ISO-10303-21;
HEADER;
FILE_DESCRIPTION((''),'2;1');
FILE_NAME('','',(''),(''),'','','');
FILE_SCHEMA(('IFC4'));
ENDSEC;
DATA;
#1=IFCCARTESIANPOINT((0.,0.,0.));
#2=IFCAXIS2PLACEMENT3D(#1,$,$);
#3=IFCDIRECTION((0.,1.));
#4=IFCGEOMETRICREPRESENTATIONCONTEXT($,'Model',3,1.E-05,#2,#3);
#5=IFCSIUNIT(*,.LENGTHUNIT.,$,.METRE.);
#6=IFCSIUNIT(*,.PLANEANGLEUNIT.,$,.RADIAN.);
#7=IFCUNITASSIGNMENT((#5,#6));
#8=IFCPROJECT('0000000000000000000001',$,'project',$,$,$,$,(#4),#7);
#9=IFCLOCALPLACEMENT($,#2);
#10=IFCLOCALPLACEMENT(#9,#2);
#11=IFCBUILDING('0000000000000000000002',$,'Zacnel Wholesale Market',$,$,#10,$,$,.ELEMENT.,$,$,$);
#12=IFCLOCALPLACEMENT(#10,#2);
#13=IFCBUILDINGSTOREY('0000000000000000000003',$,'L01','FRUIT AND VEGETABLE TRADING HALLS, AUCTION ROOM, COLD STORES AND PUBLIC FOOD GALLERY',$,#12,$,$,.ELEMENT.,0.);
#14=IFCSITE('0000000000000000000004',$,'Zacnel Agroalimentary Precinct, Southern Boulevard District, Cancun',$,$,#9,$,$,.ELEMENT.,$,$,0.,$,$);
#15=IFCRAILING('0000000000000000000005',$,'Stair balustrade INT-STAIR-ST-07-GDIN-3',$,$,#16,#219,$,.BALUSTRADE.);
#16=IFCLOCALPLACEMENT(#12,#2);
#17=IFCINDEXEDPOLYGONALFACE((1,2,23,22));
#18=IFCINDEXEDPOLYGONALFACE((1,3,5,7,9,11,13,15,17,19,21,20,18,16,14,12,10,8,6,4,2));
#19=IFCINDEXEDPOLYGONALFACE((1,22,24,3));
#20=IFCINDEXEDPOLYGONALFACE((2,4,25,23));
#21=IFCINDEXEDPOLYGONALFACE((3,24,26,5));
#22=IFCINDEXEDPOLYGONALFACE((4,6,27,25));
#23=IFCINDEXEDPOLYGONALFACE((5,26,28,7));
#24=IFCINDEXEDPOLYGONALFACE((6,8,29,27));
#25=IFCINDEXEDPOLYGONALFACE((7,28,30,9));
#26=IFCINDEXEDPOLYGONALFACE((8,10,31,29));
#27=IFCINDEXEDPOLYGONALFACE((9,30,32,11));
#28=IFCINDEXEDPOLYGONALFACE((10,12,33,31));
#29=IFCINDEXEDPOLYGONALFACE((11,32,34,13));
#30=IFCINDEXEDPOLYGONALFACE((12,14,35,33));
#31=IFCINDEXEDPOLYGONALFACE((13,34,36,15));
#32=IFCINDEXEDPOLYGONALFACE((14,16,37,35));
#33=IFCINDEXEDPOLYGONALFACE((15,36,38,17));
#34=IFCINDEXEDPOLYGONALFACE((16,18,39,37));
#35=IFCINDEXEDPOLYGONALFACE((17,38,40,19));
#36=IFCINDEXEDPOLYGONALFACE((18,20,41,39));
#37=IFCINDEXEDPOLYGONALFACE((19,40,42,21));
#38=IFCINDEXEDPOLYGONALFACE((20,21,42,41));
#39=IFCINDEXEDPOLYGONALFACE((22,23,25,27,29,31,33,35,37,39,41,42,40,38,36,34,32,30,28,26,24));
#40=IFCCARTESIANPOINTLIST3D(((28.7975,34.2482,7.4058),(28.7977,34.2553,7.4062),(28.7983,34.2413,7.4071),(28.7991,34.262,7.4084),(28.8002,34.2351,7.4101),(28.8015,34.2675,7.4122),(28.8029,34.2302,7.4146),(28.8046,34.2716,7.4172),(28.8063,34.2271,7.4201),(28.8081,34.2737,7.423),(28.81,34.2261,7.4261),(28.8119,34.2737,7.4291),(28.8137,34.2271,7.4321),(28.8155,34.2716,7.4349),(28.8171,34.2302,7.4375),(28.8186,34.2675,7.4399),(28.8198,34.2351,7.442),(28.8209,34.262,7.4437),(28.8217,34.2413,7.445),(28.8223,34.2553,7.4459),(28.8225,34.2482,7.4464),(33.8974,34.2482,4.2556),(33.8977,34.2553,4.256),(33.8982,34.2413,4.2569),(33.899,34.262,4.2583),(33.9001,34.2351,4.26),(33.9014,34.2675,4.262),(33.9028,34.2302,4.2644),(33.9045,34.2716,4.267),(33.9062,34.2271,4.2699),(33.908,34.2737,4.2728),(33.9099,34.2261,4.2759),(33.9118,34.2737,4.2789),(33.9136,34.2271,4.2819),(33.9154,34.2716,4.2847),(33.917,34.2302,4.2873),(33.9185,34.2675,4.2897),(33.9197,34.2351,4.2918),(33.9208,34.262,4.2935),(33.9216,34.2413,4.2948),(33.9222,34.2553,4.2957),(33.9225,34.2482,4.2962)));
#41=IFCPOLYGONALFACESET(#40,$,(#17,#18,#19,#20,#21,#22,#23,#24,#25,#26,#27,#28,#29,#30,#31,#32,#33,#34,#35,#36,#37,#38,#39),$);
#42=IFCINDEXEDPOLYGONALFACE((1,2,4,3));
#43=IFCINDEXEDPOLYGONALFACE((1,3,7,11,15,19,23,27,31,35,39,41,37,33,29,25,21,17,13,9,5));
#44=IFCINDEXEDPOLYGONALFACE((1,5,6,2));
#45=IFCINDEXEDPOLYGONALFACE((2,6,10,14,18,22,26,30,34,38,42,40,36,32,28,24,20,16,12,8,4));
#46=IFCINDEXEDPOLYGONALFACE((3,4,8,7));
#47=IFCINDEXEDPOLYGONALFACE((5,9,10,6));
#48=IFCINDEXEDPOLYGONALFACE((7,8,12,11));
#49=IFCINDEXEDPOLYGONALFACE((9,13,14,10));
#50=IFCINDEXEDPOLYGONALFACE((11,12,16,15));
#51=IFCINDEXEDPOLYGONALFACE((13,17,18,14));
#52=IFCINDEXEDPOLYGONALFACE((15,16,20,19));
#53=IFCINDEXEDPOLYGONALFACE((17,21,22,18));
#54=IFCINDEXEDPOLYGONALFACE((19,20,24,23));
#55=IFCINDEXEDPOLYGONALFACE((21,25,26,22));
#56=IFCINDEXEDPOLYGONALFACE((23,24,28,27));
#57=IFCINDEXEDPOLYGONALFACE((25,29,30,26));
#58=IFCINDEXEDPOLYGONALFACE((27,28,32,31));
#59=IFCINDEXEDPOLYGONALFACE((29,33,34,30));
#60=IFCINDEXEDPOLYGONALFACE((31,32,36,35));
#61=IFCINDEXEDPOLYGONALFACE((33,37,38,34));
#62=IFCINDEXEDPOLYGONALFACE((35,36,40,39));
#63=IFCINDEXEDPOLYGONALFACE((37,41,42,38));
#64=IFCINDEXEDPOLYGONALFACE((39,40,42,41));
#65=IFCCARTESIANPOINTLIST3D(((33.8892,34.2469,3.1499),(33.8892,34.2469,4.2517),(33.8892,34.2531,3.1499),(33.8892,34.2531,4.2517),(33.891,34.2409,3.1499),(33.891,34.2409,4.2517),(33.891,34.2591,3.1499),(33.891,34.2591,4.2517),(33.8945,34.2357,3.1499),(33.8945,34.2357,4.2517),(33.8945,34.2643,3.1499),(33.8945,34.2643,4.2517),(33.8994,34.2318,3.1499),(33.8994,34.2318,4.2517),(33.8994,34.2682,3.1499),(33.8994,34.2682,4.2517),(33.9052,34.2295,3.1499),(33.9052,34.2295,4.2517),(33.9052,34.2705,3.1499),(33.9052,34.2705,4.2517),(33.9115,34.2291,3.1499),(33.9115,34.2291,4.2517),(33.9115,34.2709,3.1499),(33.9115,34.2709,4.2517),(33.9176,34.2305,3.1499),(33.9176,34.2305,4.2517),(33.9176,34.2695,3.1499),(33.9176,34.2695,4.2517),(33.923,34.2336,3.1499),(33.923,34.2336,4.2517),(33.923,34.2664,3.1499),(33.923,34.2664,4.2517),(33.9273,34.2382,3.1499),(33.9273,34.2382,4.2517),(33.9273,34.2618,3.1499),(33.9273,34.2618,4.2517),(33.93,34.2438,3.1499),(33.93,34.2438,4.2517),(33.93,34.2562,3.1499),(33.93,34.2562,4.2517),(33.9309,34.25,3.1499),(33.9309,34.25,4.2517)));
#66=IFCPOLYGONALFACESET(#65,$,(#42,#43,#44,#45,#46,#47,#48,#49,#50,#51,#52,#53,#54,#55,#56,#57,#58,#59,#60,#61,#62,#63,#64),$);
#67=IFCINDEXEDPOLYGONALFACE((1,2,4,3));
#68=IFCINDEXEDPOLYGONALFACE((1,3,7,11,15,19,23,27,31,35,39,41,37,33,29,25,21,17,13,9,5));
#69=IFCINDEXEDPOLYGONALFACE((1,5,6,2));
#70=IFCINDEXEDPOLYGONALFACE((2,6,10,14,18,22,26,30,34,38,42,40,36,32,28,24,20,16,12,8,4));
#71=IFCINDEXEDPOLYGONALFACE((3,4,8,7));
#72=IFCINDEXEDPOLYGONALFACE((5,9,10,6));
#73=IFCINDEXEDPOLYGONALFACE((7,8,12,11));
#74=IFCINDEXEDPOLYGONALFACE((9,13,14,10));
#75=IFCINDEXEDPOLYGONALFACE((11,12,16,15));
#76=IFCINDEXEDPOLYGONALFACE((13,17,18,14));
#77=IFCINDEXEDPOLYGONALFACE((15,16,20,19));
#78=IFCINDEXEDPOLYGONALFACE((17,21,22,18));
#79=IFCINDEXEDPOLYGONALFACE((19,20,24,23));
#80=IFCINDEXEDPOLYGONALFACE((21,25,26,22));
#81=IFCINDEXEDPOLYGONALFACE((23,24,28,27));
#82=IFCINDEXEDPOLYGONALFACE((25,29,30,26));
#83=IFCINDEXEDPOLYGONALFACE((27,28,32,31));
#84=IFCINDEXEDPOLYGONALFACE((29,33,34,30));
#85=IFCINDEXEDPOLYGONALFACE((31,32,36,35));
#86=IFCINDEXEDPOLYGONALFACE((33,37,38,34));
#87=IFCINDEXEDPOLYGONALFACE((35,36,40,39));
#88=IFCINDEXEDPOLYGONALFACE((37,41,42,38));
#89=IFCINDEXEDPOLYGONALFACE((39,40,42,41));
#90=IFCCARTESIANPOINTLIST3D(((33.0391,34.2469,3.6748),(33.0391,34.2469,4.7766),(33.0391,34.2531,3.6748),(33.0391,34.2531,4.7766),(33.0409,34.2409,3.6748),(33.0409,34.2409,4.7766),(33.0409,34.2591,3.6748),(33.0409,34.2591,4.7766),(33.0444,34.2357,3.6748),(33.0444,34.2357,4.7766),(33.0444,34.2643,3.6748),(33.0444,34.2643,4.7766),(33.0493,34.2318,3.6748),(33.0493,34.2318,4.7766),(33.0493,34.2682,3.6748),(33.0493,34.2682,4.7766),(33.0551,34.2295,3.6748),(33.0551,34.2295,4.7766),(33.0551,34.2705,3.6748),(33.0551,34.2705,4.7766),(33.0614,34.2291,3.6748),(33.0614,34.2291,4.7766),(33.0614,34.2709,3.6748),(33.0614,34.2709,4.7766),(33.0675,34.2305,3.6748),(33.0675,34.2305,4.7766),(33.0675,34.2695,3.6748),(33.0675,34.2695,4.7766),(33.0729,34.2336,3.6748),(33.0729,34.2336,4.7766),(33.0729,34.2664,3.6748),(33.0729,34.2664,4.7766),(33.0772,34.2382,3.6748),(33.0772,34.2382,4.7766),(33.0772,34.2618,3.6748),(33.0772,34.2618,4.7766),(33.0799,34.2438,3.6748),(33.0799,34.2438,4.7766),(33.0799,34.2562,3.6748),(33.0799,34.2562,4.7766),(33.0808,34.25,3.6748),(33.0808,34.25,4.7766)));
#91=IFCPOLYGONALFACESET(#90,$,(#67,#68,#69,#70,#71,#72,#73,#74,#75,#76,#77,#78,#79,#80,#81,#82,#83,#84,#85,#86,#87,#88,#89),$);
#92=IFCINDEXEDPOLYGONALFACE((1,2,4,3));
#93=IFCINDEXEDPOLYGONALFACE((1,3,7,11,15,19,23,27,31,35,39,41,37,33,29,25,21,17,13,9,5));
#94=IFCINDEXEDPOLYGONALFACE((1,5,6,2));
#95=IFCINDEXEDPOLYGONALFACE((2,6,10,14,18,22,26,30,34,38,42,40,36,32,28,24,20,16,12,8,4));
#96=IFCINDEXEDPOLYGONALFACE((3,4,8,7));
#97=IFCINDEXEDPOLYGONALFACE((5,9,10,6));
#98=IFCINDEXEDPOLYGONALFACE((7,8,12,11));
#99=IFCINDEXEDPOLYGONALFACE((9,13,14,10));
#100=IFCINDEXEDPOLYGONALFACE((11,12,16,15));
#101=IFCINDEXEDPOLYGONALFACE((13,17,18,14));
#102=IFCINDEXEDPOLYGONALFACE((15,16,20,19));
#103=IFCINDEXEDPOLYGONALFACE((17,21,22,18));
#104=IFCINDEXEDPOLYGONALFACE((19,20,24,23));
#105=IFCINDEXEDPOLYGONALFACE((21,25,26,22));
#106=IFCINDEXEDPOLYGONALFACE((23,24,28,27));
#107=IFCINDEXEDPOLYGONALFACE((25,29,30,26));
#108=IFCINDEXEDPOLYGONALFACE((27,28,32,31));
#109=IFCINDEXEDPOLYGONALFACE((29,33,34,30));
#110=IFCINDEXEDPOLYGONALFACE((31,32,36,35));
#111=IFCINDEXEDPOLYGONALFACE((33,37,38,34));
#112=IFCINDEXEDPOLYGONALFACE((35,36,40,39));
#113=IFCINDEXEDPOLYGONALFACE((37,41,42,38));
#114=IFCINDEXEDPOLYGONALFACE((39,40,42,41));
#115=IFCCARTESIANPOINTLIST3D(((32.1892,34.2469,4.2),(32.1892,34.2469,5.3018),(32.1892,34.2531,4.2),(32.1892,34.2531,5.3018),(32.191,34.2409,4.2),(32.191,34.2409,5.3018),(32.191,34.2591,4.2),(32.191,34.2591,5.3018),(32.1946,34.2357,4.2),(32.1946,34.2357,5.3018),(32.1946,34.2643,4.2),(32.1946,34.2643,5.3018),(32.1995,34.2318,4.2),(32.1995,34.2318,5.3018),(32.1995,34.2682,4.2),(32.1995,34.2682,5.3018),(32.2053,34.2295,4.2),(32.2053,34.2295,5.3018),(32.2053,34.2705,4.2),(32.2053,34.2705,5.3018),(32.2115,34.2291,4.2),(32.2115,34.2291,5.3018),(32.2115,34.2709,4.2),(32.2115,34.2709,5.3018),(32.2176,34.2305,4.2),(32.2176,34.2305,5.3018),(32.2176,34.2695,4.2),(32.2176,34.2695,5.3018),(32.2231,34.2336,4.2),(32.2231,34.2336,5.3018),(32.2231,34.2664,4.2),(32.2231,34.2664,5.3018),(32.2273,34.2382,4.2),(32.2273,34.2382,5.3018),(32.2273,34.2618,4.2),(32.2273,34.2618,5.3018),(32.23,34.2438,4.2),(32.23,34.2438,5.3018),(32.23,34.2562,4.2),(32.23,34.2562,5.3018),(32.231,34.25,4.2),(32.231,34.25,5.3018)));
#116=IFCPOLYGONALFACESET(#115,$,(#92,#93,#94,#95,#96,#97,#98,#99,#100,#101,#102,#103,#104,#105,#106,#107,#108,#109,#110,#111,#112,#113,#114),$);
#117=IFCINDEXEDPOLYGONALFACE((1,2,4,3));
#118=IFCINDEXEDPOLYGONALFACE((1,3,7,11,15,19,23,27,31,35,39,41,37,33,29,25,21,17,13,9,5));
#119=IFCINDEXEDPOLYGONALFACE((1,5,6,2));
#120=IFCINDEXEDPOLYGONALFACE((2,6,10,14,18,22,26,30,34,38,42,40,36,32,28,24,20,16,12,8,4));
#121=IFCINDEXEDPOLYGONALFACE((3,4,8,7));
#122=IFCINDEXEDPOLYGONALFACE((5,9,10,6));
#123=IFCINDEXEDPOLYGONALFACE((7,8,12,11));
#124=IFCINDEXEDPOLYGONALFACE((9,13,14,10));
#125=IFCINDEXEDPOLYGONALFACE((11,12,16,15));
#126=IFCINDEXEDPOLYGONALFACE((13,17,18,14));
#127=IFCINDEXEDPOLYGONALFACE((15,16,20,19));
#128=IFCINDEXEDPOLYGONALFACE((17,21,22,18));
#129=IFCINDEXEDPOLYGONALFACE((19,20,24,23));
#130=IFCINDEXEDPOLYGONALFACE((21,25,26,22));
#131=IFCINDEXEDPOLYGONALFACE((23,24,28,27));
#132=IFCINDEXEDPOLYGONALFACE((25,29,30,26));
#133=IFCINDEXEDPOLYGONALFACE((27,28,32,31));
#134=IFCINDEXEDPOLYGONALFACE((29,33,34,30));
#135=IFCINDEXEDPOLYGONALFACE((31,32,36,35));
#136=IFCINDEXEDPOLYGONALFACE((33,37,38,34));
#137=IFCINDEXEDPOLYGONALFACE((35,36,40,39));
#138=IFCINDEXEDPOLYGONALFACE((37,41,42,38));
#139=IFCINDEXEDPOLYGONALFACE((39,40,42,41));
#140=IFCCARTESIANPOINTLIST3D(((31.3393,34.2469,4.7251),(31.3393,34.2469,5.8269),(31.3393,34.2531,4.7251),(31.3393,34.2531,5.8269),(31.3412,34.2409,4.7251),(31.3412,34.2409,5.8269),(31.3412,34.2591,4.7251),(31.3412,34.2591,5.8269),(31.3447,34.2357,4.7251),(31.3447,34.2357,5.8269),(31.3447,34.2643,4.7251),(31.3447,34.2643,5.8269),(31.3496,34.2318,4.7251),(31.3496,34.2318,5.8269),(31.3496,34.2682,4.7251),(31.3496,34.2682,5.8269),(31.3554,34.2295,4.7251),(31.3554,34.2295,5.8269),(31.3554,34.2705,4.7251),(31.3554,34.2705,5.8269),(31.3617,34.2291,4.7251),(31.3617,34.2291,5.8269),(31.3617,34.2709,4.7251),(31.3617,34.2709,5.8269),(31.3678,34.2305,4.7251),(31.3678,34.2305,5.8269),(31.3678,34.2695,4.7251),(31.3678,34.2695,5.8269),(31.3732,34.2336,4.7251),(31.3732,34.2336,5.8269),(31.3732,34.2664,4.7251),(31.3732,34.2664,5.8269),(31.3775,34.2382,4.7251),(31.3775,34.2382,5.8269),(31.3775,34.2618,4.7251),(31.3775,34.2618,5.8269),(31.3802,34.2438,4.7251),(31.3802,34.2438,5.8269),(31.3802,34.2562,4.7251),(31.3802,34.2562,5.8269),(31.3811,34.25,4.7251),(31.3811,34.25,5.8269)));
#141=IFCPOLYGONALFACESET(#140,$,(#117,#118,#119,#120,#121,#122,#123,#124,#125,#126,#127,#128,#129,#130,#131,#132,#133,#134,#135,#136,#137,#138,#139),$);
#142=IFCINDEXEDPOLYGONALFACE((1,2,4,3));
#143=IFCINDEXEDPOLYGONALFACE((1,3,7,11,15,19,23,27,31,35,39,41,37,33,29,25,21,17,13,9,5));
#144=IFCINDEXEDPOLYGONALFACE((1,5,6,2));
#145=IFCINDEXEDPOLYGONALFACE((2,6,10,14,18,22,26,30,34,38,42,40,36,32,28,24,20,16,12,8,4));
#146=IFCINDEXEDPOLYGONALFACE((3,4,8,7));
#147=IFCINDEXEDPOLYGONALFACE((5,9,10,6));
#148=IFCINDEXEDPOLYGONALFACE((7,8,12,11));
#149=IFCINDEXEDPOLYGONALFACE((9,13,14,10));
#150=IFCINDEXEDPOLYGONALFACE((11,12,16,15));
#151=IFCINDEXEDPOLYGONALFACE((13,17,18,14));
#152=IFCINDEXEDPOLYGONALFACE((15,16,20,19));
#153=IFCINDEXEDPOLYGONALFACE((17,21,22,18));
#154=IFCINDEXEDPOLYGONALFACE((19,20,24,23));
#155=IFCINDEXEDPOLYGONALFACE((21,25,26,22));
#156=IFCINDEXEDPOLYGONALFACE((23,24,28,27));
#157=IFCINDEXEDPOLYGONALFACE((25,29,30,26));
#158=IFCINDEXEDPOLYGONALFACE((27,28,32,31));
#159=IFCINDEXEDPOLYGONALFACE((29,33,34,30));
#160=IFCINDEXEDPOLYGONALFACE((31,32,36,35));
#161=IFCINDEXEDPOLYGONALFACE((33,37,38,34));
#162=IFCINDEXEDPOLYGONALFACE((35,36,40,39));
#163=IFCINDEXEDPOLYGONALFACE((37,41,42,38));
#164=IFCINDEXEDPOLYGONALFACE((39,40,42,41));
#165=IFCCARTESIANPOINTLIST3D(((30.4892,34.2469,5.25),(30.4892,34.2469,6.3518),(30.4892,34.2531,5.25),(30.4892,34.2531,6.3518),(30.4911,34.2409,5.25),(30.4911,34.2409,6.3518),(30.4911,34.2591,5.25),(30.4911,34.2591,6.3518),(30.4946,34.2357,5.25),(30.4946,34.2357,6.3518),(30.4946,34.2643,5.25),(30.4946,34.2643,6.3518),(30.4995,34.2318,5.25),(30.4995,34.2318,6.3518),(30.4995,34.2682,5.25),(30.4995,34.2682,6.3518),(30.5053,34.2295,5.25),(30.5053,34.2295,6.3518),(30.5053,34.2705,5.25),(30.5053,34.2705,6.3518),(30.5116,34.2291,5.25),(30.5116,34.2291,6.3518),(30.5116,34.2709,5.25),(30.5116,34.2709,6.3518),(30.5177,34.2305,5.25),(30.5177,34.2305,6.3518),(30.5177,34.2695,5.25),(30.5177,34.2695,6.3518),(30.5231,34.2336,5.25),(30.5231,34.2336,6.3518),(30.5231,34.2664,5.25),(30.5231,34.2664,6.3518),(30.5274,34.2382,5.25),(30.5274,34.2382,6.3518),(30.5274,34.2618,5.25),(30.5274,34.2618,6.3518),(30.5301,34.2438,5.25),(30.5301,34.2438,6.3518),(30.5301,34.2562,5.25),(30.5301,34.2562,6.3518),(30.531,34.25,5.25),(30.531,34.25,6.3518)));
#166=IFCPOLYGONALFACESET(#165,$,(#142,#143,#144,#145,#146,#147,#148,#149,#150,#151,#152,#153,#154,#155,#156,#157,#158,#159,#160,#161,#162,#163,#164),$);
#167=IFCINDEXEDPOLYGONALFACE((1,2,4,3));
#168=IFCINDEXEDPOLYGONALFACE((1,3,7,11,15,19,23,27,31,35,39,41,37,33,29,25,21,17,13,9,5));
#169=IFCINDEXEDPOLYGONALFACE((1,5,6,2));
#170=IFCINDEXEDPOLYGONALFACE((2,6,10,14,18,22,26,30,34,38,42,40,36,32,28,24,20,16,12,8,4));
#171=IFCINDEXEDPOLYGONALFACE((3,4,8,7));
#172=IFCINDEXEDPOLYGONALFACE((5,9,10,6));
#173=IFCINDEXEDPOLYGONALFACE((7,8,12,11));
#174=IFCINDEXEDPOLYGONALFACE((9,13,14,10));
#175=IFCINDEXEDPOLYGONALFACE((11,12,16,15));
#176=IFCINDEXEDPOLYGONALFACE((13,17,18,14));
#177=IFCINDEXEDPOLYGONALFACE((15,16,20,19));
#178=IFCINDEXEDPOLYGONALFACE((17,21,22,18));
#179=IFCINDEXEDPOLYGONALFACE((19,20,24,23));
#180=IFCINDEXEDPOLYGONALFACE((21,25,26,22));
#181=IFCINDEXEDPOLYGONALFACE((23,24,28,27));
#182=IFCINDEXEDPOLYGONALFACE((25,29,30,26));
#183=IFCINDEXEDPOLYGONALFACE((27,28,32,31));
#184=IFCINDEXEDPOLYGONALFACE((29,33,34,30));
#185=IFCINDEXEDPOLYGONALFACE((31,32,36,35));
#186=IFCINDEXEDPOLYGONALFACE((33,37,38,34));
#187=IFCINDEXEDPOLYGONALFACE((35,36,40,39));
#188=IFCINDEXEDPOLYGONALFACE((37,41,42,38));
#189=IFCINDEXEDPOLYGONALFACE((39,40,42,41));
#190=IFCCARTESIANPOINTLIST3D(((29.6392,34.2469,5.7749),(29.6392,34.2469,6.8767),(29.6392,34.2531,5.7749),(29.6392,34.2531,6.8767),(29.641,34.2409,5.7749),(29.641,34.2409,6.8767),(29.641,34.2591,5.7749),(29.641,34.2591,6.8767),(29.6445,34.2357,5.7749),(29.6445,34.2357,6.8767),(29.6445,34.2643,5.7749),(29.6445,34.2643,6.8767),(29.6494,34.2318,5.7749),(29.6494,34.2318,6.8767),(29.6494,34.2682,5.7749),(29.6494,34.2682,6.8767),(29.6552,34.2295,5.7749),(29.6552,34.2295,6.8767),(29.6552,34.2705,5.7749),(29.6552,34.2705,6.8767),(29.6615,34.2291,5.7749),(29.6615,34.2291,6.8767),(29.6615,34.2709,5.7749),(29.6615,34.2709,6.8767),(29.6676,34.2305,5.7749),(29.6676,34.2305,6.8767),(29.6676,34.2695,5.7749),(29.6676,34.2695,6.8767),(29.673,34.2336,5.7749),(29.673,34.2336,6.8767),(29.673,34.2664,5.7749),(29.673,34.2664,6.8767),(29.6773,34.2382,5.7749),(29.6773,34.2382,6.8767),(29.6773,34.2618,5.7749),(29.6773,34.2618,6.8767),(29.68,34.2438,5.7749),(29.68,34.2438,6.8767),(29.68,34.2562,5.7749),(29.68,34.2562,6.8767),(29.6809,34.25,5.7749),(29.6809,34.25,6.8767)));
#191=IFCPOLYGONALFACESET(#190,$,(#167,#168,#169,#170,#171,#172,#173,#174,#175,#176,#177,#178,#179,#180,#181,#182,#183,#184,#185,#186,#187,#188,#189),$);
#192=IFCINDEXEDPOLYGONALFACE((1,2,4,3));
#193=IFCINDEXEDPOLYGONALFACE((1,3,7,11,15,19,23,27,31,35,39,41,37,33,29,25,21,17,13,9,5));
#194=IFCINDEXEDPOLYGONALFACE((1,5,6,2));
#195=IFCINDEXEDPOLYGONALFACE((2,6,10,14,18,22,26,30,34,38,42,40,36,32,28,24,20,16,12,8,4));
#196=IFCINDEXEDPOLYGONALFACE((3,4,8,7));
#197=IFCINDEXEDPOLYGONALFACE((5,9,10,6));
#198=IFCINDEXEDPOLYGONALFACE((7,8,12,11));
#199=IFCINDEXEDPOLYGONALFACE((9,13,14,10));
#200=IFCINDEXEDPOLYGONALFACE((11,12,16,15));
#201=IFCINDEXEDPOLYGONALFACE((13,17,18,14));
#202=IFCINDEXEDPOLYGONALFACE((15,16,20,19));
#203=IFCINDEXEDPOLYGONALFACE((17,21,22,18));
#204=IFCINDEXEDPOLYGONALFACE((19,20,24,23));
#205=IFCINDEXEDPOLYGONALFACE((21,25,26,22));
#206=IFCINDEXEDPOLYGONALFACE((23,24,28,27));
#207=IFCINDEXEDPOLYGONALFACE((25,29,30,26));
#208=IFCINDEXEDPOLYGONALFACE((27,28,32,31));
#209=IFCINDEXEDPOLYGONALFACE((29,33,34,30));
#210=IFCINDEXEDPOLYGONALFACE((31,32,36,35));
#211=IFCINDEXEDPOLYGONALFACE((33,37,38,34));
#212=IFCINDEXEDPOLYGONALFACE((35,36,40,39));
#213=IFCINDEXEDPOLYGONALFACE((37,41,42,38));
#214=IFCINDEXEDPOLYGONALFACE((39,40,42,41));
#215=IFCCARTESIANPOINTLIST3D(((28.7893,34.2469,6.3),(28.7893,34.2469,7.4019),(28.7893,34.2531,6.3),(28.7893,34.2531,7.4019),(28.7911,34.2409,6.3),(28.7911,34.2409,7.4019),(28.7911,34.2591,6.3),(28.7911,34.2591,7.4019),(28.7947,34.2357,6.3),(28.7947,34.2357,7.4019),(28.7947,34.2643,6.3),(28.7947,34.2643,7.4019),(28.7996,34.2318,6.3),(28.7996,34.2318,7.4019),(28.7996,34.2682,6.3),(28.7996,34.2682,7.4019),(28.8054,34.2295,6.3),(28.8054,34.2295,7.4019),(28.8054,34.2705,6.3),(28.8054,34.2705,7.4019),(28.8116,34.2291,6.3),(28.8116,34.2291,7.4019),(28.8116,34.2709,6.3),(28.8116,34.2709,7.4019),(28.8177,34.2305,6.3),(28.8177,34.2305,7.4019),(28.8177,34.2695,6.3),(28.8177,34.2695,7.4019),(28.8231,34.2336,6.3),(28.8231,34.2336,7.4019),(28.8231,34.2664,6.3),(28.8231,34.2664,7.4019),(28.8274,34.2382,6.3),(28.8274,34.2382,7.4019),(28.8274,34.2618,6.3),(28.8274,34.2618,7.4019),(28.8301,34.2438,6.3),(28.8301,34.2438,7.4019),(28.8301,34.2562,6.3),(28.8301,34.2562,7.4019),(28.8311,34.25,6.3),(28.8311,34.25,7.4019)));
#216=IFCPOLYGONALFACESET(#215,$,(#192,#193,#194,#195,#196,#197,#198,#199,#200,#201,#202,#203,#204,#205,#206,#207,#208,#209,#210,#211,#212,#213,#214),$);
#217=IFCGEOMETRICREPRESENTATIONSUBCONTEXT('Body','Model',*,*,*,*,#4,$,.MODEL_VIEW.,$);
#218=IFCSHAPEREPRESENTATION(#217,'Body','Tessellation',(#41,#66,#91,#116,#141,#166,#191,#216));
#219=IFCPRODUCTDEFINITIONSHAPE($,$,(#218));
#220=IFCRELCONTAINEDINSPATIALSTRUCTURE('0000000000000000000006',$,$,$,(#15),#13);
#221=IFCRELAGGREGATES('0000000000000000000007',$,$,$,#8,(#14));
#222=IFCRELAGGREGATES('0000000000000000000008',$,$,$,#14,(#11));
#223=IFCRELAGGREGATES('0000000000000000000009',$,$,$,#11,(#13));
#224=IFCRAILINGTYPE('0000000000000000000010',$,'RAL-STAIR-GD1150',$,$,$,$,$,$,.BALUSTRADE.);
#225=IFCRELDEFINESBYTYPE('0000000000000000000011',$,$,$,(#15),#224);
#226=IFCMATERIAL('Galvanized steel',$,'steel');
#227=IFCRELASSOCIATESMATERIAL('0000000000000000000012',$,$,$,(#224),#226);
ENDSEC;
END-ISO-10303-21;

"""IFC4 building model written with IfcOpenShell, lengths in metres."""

from ifc_helpers import new_model, si_unit, direction, frame, origin, origin_2d, place, context, subcontext, project, spatial, circle, extrude, material, type_object, element, save


model = new_model("IFC4")

# Units and contexts
model_context = context("Model", 3, precision=1e-05, world=origin(), true_north=direction((0.0, 1.0)))
body_context = subcontext(model_context, "Body", "Model", "MODEL_VIEW")
ifc_project = project(units=[si_unit("LENGTHUNIT", "METRE"), si_unit("PLANEANGLEUNIT", "RADIAN")], contexts=[model_context])

# Site, building, storey
site_placement = place(None, origin())
site = spatial("IfcSite", under=ifc_project, at=site_placement, Name="Zacnel Agroalimentary Precinct, Southern Boulevard District, Cancun", CompositionType="ELEMENT", RefElevation=0.0)
building_placement = place(site_placement, origin())
building = spatial("IfcBuilding", under=site, at=building_placement, Name="Zacnel Wholesale Market", CompositionType="ELEMENT")
storey_placement = place(building_placement, origin())
storey = spatial("IfcBuildingStorey", under=building, at=storey_placement, Name="L01", Description="FRUIT AND VEGETABLE TRADING HALLS, AUCTION ROOM, COLD STORES AND PUBLIC FOOD GALLERY", CompositionType="ELEMENT", Elevation=0.0)

# Railing
ifc_material_1 = material(Name="Galvanized steel", Category="steel")
railing_type_1 = type_object("IfcRailingType", Name="RAL-STAIR-GD1150", PredefinedType="BALUSTRADE", material=ifc_material_1)
railing_1_placement = place(storey_placement, frame((33.9099, 34.25, 3.1499)))
element("IfcRailing", 1, at=railing_1_placement, inside=storey, type_object=railing_type_1, Name="Stair balustrade INT-STAIR-ST-07-GDIN-3", PredefinedType="BALUSTRADE", context=body_context, shape_type="SweptSolid", body=[
    extrude(circle(Radius=0.0239, at=origin_2d()), frame((0.0, 0.0, 1.126), z_axis=(-0.85078, 0.0, 0.525521), x_axis=(0.0, -1.0, 0.0)), (0.0, 0.0, 1.0), 5.9944),
    extrude(circle(Radius=0.021, at=origin_2d()), origin(), (0.0, 0.0, 1.0), 1.1018),
    extrude(circle(Radius=0.021, at=origin_2d()), frame((-0.8501, 0.0, 0.5249)), (0.0, 0.0, 1.0), 1.1018),
    extrude(circle(Radius=0.021, at=origin_2d()), frame((-1.7, 0.0, 1.05)), (0.0, 0.0, 1.0), 1.1018),
    extrude(circle(Radius=0.021, at=origin_2d()), frame((-2.5498, 0.0, 1.5752)), (0.0, 0.0, 1.0), 1.1018),
    extrude(circle(Radius=0.021, at=origin_2d()), frame((-3.3999, 0.0, 2.1001)), (0.0, 0.0, 1.0), 1.1018),
    extrude(circle(Radius=0.021, at=origin_2d()), frame((-4.25, 0.0, 2.625)), (0.0, 0.0, 1.0), 1.1018),
    extrude(circle(Radius=0.021, at=origin_2d()), frame((-5.0999, 0.0, 3.1501)), (0.0, 0.0, 1.0), 1.1018),
])

save(model, "model.ifc")
